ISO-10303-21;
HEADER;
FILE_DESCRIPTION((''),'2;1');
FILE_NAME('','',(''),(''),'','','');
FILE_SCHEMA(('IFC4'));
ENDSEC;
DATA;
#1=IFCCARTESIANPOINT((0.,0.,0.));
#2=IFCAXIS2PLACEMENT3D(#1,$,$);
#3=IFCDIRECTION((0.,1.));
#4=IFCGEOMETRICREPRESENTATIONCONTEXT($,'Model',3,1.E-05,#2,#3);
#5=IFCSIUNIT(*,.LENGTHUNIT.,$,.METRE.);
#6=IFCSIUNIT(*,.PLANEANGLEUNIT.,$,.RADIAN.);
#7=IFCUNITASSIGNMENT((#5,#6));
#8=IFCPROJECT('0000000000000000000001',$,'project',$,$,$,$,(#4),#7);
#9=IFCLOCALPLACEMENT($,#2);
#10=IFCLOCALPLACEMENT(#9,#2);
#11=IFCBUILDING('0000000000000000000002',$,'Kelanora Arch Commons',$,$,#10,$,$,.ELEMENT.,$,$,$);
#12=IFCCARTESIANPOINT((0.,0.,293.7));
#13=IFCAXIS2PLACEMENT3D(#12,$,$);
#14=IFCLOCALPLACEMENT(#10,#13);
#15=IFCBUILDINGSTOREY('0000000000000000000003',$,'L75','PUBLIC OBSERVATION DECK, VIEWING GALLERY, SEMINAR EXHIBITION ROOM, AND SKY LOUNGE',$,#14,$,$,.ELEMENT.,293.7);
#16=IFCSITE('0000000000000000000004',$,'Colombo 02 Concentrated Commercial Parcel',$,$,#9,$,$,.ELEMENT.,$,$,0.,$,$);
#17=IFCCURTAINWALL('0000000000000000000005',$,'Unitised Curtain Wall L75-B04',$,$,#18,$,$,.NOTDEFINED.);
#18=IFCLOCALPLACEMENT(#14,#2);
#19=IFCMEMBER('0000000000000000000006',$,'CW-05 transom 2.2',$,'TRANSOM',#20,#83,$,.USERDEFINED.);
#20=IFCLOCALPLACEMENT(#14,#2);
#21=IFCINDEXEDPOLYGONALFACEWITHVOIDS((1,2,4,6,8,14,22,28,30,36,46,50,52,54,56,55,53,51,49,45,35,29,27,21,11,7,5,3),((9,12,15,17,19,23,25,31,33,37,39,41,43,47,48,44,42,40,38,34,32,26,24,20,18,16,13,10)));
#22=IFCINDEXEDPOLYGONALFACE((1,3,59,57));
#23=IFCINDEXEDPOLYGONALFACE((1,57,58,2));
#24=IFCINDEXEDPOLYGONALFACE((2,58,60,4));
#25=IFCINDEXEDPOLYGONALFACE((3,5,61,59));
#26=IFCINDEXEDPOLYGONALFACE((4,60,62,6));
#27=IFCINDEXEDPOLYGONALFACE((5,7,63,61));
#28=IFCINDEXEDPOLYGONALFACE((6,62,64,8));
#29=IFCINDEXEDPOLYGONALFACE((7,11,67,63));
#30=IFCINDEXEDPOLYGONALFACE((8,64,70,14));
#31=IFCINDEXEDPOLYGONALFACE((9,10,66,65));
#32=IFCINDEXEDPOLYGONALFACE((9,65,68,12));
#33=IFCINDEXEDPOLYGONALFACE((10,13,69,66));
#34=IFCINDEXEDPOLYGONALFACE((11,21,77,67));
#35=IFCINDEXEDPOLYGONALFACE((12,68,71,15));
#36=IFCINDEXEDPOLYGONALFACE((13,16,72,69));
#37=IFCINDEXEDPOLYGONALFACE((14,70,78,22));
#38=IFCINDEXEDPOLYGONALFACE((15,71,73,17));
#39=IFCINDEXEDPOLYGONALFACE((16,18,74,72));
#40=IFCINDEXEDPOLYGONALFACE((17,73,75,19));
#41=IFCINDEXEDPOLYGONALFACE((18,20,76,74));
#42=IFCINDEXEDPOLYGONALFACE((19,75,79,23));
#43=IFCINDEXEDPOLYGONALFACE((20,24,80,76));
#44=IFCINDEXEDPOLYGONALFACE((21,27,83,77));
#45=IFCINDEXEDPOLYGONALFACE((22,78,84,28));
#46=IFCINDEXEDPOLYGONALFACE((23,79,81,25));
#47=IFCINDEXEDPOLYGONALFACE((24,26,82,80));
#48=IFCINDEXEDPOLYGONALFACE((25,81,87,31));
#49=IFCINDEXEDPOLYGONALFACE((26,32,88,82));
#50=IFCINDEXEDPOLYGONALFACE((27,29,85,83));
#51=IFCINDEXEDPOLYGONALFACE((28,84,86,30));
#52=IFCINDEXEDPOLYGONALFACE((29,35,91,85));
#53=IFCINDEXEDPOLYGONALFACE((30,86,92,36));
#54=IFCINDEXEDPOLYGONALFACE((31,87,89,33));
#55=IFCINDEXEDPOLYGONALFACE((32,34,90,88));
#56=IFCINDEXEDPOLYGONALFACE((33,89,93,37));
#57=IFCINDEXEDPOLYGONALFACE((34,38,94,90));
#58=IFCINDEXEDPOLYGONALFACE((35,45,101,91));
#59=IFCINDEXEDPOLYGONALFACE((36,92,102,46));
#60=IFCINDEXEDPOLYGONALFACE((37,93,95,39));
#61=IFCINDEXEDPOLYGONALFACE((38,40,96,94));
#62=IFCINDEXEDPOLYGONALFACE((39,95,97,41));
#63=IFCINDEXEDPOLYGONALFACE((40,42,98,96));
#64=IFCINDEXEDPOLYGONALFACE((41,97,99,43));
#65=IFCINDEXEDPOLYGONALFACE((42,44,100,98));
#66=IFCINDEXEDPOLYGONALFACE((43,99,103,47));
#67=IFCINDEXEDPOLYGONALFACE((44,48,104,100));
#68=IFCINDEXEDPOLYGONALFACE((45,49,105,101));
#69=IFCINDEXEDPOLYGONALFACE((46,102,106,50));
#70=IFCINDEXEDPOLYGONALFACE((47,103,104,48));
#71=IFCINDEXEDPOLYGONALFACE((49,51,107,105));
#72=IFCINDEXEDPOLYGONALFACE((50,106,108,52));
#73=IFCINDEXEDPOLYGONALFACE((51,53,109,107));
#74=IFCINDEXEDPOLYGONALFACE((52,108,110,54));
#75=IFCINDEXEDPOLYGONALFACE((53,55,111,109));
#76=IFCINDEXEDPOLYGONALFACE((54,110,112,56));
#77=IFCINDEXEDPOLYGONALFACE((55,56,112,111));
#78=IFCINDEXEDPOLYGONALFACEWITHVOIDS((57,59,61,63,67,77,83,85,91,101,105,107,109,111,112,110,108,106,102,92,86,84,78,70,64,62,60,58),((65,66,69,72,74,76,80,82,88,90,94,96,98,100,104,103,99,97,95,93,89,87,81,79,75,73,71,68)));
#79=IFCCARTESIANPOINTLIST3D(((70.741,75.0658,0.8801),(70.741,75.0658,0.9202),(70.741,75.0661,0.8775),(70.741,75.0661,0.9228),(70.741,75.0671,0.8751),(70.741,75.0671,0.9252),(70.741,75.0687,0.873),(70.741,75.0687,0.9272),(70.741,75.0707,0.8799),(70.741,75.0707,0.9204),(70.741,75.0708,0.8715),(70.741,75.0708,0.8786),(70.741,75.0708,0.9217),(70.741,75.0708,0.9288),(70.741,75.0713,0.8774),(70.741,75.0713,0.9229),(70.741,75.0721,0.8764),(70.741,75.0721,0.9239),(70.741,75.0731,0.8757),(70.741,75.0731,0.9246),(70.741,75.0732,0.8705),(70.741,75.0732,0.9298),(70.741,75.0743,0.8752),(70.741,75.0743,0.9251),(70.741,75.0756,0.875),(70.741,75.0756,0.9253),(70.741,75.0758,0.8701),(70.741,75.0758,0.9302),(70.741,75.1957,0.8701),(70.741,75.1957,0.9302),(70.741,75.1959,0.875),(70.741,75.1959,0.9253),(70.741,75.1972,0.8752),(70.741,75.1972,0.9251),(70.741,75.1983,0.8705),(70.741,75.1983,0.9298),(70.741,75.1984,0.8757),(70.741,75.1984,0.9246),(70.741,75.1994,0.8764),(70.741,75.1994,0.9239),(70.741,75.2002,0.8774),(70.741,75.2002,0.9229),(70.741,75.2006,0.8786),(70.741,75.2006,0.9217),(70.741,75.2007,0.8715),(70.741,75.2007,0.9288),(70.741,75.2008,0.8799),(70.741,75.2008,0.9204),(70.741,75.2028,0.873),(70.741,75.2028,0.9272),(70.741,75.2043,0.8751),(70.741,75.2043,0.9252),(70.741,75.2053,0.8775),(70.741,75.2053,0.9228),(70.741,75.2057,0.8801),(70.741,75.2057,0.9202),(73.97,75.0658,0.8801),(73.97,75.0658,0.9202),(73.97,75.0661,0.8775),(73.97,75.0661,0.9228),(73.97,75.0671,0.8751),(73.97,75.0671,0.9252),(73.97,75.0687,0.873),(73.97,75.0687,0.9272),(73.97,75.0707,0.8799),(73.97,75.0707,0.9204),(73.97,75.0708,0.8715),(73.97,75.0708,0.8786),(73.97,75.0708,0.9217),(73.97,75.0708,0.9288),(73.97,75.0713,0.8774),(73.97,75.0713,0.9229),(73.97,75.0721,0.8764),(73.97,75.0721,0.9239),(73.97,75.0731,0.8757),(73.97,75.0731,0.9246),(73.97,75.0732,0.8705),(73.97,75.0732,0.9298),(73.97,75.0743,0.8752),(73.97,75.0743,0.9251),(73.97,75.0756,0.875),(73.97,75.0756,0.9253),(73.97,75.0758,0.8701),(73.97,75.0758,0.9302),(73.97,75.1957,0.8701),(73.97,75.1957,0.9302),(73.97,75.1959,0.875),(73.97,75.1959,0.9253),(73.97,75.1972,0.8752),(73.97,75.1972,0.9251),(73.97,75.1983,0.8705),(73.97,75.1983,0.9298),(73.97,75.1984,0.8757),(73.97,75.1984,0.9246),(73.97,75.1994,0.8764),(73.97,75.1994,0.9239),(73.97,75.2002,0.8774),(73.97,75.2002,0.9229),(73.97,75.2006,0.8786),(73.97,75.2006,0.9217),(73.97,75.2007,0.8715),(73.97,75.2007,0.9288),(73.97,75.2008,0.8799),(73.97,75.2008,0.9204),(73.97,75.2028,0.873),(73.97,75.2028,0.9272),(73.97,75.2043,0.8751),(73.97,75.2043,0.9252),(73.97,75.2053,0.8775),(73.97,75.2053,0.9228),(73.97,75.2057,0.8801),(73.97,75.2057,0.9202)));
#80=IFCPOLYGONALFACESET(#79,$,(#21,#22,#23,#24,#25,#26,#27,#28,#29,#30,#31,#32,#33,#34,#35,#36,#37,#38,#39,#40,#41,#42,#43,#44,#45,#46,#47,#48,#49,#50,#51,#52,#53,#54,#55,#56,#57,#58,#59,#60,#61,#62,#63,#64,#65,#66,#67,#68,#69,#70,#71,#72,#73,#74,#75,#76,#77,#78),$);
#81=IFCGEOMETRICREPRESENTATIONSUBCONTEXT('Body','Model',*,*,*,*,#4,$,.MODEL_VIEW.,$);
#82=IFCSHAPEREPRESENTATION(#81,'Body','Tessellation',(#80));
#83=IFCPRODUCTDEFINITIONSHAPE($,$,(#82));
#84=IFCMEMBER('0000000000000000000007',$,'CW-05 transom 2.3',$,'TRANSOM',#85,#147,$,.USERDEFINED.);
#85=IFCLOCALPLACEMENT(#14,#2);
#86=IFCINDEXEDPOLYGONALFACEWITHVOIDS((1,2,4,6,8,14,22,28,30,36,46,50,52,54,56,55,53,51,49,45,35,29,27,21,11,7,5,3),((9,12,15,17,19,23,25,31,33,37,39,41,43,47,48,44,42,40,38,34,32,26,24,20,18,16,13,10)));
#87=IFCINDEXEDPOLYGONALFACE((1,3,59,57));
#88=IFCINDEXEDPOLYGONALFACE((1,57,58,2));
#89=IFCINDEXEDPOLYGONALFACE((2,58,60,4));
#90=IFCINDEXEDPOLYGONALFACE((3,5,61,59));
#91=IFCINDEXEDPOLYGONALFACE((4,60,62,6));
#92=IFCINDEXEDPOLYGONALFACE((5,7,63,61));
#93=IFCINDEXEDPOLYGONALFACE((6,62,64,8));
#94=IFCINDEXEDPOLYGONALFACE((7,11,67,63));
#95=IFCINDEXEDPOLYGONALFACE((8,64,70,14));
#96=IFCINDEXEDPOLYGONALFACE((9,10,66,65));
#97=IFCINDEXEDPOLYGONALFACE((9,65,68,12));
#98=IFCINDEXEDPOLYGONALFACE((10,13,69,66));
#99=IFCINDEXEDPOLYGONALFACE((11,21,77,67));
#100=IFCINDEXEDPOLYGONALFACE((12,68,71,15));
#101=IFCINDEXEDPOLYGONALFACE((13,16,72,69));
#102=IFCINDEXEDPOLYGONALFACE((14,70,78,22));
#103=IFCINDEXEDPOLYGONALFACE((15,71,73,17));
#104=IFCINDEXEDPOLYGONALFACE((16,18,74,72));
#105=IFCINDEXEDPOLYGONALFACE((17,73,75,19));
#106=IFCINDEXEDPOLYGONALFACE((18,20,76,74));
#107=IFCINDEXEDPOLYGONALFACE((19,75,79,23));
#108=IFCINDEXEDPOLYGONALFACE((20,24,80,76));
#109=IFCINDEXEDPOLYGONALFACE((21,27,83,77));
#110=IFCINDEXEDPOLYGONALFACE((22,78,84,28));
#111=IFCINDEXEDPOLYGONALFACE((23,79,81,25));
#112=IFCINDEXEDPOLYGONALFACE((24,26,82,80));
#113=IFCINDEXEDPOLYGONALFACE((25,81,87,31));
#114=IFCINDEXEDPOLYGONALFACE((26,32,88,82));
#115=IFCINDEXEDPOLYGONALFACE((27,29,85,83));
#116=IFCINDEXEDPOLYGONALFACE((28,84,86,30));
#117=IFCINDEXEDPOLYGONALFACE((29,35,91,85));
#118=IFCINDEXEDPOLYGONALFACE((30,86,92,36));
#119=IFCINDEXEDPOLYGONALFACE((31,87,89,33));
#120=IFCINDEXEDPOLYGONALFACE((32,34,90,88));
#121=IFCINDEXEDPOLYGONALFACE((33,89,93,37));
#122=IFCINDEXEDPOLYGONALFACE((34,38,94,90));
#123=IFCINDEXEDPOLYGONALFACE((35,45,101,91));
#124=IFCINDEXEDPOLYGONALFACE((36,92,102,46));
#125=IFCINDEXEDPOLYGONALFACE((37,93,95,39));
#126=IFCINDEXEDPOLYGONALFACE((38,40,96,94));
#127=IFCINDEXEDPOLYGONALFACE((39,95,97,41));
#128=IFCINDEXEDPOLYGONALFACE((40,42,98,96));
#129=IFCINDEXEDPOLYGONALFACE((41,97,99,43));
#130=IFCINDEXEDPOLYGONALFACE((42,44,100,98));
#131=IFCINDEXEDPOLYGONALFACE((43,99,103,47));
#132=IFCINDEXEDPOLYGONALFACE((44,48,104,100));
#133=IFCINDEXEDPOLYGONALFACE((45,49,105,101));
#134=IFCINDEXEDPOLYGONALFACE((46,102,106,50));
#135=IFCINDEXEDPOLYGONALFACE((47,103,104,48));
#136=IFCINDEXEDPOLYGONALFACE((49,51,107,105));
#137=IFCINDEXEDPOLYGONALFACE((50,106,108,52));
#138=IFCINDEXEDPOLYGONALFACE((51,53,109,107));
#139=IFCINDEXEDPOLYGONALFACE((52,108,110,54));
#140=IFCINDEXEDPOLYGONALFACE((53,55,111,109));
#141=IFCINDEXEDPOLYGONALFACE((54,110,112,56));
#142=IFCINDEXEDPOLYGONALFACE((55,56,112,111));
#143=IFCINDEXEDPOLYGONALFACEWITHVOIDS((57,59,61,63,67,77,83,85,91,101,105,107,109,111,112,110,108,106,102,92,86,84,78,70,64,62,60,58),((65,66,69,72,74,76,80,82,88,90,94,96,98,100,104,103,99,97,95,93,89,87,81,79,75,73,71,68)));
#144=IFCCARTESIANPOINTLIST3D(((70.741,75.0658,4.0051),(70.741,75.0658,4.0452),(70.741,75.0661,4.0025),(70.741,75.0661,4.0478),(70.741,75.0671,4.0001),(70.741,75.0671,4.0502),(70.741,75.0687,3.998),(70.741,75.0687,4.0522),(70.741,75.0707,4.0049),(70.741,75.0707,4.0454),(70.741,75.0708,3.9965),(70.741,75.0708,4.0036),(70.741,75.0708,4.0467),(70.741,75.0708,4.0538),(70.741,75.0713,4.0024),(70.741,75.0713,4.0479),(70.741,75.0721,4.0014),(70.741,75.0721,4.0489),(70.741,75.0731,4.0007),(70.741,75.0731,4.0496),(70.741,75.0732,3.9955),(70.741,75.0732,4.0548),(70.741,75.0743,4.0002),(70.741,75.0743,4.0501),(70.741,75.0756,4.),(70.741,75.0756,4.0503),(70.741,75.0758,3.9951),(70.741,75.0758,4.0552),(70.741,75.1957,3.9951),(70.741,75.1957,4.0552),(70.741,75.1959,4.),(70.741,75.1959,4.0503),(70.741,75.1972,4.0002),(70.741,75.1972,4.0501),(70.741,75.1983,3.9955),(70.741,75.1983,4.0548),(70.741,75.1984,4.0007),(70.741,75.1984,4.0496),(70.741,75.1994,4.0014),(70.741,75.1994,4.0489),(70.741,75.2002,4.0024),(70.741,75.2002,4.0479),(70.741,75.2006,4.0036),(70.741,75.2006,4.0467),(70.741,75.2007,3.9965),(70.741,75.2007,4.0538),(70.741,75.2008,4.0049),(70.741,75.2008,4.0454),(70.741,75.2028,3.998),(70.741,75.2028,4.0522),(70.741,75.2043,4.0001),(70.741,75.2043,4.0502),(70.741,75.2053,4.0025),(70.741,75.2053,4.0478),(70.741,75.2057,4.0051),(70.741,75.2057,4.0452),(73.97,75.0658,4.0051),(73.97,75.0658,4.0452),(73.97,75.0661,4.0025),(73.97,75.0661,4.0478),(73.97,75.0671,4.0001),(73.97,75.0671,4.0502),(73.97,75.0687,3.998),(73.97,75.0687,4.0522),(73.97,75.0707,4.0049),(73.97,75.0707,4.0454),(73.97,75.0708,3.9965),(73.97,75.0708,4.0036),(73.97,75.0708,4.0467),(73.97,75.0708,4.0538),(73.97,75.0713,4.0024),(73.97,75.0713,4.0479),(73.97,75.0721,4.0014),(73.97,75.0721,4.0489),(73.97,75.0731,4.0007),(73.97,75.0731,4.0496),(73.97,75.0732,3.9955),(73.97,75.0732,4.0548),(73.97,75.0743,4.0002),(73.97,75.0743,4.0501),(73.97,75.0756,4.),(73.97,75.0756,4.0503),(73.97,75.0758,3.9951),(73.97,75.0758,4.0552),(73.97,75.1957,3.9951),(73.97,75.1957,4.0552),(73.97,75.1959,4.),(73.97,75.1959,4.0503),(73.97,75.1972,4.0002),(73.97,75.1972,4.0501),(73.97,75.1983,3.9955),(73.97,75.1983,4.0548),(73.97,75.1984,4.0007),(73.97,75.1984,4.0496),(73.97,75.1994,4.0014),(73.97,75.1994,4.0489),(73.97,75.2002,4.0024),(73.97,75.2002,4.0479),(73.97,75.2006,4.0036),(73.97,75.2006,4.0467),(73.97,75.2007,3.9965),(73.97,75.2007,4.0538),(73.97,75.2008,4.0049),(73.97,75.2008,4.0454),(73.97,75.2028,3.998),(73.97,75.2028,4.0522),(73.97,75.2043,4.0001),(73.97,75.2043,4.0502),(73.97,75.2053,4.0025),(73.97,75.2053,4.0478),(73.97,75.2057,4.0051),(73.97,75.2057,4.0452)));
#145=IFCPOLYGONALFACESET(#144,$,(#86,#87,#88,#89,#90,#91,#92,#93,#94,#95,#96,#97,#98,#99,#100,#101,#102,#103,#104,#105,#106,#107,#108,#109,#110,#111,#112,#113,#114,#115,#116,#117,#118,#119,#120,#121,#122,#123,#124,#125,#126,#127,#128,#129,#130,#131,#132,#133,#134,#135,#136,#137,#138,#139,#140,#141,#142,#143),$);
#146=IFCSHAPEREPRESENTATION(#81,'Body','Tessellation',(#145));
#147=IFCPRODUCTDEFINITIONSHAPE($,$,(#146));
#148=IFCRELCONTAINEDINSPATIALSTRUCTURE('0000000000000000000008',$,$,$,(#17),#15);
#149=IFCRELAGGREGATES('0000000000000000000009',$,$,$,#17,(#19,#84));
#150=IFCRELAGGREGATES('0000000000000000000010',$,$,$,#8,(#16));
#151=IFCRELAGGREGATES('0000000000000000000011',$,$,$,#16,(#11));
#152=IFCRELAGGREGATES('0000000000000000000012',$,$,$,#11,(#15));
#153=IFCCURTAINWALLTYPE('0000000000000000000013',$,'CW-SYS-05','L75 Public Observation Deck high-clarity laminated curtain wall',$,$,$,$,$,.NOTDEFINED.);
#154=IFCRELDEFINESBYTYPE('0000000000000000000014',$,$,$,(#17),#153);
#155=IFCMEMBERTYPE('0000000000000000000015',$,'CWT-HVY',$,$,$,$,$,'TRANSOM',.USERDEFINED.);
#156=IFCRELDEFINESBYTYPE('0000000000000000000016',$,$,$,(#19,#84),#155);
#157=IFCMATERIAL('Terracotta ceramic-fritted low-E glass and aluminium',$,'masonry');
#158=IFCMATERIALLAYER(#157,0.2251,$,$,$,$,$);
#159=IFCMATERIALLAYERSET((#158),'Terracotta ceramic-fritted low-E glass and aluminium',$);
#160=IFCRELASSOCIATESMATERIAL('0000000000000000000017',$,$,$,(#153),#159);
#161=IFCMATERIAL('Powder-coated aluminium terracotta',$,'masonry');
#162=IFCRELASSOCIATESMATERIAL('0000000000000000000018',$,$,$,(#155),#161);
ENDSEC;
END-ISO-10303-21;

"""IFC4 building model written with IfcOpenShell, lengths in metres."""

from ifc_helpers import new_model, si_unit, direction, frame, origin, origin_2d, place, context, subcontext, project, spatial, hollow_rectangle, extrude, material, layer, layer_set, material_profile, profile_set, type_object, element, aggregate, save


model = new_model("IFC4")

# Units and contexts
model_context = context("Model", 3, precision=1e-05, world=origin(), true_north=direction((0.0, 1.0)))
body_context = subcontext(model_context, "Body", "Model", "MODEL_VIEW")
ifc_project = project(units=[si_unit("LENGTHUNIT", "METRE"), si_unit("PLANEANGLEUNIT", "RADIAN")], contexts=[model_context])

# Site, building, storey
site_placement = place(None, origin())
site = spatial("IfcSite", under=ifc_project, at=site_placement, Name="Colombo 02 Concentrated Commercial Parcel", CompositionType="ELEMENT", RefElevation=0.0)
building_placement = place(site_placement, origin())
building = spatial("IfcBuilding", under=site, at=building_placement, Name="Kelanora Arch Commons", CompositionType="ELEMENT")
storey_placement = place(building_placement, frame((0.0, 0.0, 293.7)))
storey = spatial("IfcBuildingStorey", under=building, at=storey_placement, Name="L75", Description="PUBLIC OBSERVATION DECK, VIEWING GALLERY, SEMINAR EXHIBITION ROOM, AND SKY LOUNGE", CompositionType="ELEMENT", Elevation=293.7)

# Curtain wall
ifc_material_1 = material(Name="Terracotta ceramic-fritted low-E glass and aluminium", Category="masonry")
ifc_layer_1 = layer(ifc_material_1, 0.2251)
ifc_layer_set_1 = layer_set([ifc_layer_1], Name="Terracotta ceramic-fritted low-E glass and aluminium")
curtain_wall_type = type_object("IfcCurtainWallType", Name="CW-SYS-05", Description="L75 Public Observation Deck high-clarity laminated curtain wall", PredefinedType="NOTDEFINED", material=ifc_layer_set_1)
curtain_wall_1_placement = place(storey_placement, origin())
curtain_wall_1 = element("IfcCurtainWall", 1, at=curtain_wall_1_placement, inside=storey, type_object=curtain_wall_type, Name="Unitised Curtain Wall L75-B04", PredefinedType="NOTDEFINED")
ifc_material_2 = material(Name="Powder-coated aluminium terracotta", Category="masonry")

# Members
ifc_material_profile_1 = material_profile(ifc_material_2, hollow_rectangle(XDim=0.1399, YDim=0.0601, WallThickness=0.0049, InnerFilletRadius=0.0049, OuterFilletRadius=0.01, at=origin_2d()), Name="CWT140x60")
ifc_profile_set_1 = profile_set([ifc_material_profile_1], Name="Powder-coated aluminium terracotta")
member_type_1 = type_object("IfcMemberType", Name="CWT-HVY", ElementType="TRANSOM", PredefinedType="USERDEFINED", material=ifc_profile_set_1)
member_1_placement = place(storey_placement, frame((73.97, 75.1357, 0.9001), z_axis=(-1.0, 0.0, 0.0), x_axis=(0.0, -1.0, 0.0)))
member_1 = element("IfcMember", 2, at=member_1_placement, type_object=member_type_1, Name="CW-05 transom 2.2", ObjectType="TRANSOM", PredefinedType="USERDEFINED", context=body_context, shape_type="SweptSolid", body=[
    extrude(hollow_rectangle(XDim=0.1399, YDim=0.0601, WallThickness=0.0049, InnerFilletRadius=0.0049, OuterFilletRadius=0.01, at=origin_2d()), origin(), (0.0, 0.0, 1.0), 3.229),
])
member_2_placement = place(storey_placement, frame((73.97, 75.1357, 4.0251), z_axis=(-1.0, 0.0, 0.0), x_axis=(0.0, -1.0, 0.0)))
member_2 = element("IfcMember", 3, at=member_2_placement, type_object=member_type_1, Name="CW-05 transom 2.3", ObjectType="TRANSOM", PredefinedType="USERDEFINED", context=body_context, shape_type="SweptSolid", body=[
    extrude(hollow_rectangle(XDim=0.1399, YDim=0.0601, WallThickness=0.0049, InnerFilletRadius=0.0049, OuterFilletRadius=0.01, at=origin_2d()), origin(), (0.0, 0.0, 1.0), 3.229),
])

aggregate(curtain_wall_1, [member_1, member_2])

save(model, "model.ifc")
